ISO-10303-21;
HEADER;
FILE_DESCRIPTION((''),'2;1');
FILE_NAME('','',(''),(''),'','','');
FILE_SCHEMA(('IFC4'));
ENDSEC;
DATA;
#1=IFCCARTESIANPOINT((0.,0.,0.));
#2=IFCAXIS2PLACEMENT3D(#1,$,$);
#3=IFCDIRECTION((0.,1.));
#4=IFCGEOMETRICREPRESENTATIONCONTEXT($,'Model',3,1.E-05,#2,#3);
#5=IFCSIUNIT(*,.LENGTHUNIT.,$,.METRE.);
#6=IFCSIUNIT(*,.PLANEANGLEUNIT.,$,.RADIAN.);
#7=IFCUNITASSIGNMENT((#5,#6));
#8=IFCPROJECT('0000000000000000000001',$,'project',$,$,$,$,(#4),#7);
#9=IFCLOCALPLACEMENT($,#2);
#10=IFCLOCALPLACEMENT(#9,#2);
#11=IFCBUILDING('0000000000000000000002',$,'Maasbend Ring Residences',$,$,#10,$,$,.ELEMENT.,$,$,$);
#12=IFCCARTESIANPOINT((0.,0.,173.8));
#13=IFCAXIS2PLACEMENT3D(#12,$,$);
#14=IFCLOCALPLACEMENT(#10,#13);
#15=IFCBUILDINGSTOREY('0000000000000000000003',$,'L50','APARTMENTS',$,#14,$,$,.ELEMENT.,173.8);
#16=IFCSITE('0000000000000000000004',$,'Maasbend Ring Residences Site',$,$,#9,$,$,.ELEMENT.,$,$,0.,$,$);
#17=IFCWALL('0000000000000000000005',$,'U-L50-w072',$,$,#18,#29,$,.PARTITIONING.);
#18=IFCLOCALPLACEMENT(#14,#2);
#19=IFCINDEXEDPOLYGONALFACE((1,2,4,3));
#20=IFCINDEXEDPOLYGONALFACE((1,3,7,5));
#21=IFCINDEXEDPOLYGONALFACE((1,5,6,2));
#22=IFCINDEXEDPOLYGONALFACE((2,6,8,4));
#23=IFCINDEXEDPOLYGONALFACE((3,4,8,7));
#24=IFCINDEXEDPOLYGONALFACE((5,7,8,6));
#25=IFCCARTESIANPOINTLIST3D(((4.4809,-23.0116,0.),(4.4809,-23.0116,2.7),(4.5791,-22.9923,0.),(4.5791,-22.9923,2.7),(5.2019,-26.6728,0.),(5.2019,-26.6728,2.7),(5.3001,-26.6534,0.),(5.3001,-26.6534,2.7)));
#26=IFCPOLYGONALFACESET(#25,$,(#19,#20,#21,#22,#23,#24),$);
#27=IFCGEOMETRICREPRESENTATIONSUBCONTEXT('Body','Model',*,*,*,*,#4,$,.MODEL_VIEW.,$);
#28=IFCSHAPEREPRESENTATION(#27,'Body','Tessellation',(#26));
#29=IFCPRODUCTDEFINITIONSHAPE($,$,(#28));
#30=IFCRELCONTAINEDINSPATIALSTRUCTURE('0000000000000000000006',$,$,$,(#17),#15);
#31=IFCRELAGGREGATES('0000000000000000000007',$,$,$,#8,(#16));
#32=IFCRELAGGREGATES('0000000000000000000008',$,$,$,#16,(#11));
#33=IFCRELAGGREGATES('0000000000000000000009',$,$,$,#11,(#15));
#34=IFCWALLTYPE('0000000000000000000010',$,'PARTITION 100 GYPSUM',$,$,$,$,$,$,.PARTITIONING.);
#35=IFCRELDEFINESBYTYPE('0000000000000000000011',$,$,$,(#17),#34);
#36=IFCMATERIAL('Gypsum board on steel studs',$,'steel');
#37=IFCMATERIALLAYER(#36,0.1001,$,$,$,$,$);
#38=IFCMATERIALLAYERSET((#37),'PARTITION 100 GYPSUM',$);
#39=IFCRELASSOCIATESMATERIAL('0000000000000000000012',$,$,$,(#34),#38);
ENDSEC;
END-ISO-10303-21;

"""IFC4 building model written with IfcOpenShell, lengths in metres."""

from ifc_helpers import new_model, si_unit, direction, frame, frame_2d, origin, place, context, subcontext, project, spatial, rectangle, extrude, material, layer, layer_set, type_object, element, save


model = new_model("IFC4")

# Units and contexts
model_context = context("Model", 3, precision=1e-05, world=origin(), true_north=direction((0.0, 1.0)))
body_context = subcontext(model_context, "Body", "Model", "MODEL_VIEW")
ifc_project = project(units=[si_unit("LENGTHUNIT", "METRE"), si_unit("PLANEANGLEUNIT", "RADIAN")], contexts=[model_context])

# Site, building, storey
site_placement = place(None, origin())
site = spatial("IfcSite", under=ifc_project, at=site_placement, Name="Maasbend Ring Residences Site", CompositionType="ELEMENT", RefElevation=0.0)
building_placement = place(site_placement, origin())
building = spatial("IfcBuilding", under=site, at=building_placement, Name="Maasbend Ring Residences", CompositionType="ELEMENT")
storey_placement = place(building_placement, frame((0.0, 0.0, 173.8)))
storey = spatial("IfcBuildingStorey", under=building, at=storey_placement, Name="L50", Description="APARTMENTS", CompositionType="ELEMENT", Elevation=173.8)

# Shared definitions
ifc_material_1 = material(Name="Gypsum board on steel studs", Category="steel")
ifc_layer_1 = layer(ifc_material_1, 0.1001)
ifc_layer_set_1 = layer_set([ifc_layer_1], Name="PARTITION 100 GYPSUM")
wall_type_1 = type_object("IfcWallType", Name="PARTITION 100 GYPSUM", PredefinedType="PARTITIONING", material=ifc_layer_set_1)

# Wall
wall_1_placement = place(storey_placement, frame((4.53, -23.002, 0.0), z_axis=(0.0, 0.0, 1.0), x_axis=(0.193209, -0.981158, 0.0)))
element("IfcWall", 1, at=wall_1_placement, inside=storey, type_object=wall_type_1, Name="U-L50-w072", PredefinedType="PARTITIONING", context=body_context, shape_type="SweptSolid", body=[
    extrude(rectangle(XDim=3.7314, YDim=0.1001, at=frame_2d((1.8657, 0.0))), origin(), (0.0, 0.0, 1.0), 2.7),
])

save(model, "model.ifc")
